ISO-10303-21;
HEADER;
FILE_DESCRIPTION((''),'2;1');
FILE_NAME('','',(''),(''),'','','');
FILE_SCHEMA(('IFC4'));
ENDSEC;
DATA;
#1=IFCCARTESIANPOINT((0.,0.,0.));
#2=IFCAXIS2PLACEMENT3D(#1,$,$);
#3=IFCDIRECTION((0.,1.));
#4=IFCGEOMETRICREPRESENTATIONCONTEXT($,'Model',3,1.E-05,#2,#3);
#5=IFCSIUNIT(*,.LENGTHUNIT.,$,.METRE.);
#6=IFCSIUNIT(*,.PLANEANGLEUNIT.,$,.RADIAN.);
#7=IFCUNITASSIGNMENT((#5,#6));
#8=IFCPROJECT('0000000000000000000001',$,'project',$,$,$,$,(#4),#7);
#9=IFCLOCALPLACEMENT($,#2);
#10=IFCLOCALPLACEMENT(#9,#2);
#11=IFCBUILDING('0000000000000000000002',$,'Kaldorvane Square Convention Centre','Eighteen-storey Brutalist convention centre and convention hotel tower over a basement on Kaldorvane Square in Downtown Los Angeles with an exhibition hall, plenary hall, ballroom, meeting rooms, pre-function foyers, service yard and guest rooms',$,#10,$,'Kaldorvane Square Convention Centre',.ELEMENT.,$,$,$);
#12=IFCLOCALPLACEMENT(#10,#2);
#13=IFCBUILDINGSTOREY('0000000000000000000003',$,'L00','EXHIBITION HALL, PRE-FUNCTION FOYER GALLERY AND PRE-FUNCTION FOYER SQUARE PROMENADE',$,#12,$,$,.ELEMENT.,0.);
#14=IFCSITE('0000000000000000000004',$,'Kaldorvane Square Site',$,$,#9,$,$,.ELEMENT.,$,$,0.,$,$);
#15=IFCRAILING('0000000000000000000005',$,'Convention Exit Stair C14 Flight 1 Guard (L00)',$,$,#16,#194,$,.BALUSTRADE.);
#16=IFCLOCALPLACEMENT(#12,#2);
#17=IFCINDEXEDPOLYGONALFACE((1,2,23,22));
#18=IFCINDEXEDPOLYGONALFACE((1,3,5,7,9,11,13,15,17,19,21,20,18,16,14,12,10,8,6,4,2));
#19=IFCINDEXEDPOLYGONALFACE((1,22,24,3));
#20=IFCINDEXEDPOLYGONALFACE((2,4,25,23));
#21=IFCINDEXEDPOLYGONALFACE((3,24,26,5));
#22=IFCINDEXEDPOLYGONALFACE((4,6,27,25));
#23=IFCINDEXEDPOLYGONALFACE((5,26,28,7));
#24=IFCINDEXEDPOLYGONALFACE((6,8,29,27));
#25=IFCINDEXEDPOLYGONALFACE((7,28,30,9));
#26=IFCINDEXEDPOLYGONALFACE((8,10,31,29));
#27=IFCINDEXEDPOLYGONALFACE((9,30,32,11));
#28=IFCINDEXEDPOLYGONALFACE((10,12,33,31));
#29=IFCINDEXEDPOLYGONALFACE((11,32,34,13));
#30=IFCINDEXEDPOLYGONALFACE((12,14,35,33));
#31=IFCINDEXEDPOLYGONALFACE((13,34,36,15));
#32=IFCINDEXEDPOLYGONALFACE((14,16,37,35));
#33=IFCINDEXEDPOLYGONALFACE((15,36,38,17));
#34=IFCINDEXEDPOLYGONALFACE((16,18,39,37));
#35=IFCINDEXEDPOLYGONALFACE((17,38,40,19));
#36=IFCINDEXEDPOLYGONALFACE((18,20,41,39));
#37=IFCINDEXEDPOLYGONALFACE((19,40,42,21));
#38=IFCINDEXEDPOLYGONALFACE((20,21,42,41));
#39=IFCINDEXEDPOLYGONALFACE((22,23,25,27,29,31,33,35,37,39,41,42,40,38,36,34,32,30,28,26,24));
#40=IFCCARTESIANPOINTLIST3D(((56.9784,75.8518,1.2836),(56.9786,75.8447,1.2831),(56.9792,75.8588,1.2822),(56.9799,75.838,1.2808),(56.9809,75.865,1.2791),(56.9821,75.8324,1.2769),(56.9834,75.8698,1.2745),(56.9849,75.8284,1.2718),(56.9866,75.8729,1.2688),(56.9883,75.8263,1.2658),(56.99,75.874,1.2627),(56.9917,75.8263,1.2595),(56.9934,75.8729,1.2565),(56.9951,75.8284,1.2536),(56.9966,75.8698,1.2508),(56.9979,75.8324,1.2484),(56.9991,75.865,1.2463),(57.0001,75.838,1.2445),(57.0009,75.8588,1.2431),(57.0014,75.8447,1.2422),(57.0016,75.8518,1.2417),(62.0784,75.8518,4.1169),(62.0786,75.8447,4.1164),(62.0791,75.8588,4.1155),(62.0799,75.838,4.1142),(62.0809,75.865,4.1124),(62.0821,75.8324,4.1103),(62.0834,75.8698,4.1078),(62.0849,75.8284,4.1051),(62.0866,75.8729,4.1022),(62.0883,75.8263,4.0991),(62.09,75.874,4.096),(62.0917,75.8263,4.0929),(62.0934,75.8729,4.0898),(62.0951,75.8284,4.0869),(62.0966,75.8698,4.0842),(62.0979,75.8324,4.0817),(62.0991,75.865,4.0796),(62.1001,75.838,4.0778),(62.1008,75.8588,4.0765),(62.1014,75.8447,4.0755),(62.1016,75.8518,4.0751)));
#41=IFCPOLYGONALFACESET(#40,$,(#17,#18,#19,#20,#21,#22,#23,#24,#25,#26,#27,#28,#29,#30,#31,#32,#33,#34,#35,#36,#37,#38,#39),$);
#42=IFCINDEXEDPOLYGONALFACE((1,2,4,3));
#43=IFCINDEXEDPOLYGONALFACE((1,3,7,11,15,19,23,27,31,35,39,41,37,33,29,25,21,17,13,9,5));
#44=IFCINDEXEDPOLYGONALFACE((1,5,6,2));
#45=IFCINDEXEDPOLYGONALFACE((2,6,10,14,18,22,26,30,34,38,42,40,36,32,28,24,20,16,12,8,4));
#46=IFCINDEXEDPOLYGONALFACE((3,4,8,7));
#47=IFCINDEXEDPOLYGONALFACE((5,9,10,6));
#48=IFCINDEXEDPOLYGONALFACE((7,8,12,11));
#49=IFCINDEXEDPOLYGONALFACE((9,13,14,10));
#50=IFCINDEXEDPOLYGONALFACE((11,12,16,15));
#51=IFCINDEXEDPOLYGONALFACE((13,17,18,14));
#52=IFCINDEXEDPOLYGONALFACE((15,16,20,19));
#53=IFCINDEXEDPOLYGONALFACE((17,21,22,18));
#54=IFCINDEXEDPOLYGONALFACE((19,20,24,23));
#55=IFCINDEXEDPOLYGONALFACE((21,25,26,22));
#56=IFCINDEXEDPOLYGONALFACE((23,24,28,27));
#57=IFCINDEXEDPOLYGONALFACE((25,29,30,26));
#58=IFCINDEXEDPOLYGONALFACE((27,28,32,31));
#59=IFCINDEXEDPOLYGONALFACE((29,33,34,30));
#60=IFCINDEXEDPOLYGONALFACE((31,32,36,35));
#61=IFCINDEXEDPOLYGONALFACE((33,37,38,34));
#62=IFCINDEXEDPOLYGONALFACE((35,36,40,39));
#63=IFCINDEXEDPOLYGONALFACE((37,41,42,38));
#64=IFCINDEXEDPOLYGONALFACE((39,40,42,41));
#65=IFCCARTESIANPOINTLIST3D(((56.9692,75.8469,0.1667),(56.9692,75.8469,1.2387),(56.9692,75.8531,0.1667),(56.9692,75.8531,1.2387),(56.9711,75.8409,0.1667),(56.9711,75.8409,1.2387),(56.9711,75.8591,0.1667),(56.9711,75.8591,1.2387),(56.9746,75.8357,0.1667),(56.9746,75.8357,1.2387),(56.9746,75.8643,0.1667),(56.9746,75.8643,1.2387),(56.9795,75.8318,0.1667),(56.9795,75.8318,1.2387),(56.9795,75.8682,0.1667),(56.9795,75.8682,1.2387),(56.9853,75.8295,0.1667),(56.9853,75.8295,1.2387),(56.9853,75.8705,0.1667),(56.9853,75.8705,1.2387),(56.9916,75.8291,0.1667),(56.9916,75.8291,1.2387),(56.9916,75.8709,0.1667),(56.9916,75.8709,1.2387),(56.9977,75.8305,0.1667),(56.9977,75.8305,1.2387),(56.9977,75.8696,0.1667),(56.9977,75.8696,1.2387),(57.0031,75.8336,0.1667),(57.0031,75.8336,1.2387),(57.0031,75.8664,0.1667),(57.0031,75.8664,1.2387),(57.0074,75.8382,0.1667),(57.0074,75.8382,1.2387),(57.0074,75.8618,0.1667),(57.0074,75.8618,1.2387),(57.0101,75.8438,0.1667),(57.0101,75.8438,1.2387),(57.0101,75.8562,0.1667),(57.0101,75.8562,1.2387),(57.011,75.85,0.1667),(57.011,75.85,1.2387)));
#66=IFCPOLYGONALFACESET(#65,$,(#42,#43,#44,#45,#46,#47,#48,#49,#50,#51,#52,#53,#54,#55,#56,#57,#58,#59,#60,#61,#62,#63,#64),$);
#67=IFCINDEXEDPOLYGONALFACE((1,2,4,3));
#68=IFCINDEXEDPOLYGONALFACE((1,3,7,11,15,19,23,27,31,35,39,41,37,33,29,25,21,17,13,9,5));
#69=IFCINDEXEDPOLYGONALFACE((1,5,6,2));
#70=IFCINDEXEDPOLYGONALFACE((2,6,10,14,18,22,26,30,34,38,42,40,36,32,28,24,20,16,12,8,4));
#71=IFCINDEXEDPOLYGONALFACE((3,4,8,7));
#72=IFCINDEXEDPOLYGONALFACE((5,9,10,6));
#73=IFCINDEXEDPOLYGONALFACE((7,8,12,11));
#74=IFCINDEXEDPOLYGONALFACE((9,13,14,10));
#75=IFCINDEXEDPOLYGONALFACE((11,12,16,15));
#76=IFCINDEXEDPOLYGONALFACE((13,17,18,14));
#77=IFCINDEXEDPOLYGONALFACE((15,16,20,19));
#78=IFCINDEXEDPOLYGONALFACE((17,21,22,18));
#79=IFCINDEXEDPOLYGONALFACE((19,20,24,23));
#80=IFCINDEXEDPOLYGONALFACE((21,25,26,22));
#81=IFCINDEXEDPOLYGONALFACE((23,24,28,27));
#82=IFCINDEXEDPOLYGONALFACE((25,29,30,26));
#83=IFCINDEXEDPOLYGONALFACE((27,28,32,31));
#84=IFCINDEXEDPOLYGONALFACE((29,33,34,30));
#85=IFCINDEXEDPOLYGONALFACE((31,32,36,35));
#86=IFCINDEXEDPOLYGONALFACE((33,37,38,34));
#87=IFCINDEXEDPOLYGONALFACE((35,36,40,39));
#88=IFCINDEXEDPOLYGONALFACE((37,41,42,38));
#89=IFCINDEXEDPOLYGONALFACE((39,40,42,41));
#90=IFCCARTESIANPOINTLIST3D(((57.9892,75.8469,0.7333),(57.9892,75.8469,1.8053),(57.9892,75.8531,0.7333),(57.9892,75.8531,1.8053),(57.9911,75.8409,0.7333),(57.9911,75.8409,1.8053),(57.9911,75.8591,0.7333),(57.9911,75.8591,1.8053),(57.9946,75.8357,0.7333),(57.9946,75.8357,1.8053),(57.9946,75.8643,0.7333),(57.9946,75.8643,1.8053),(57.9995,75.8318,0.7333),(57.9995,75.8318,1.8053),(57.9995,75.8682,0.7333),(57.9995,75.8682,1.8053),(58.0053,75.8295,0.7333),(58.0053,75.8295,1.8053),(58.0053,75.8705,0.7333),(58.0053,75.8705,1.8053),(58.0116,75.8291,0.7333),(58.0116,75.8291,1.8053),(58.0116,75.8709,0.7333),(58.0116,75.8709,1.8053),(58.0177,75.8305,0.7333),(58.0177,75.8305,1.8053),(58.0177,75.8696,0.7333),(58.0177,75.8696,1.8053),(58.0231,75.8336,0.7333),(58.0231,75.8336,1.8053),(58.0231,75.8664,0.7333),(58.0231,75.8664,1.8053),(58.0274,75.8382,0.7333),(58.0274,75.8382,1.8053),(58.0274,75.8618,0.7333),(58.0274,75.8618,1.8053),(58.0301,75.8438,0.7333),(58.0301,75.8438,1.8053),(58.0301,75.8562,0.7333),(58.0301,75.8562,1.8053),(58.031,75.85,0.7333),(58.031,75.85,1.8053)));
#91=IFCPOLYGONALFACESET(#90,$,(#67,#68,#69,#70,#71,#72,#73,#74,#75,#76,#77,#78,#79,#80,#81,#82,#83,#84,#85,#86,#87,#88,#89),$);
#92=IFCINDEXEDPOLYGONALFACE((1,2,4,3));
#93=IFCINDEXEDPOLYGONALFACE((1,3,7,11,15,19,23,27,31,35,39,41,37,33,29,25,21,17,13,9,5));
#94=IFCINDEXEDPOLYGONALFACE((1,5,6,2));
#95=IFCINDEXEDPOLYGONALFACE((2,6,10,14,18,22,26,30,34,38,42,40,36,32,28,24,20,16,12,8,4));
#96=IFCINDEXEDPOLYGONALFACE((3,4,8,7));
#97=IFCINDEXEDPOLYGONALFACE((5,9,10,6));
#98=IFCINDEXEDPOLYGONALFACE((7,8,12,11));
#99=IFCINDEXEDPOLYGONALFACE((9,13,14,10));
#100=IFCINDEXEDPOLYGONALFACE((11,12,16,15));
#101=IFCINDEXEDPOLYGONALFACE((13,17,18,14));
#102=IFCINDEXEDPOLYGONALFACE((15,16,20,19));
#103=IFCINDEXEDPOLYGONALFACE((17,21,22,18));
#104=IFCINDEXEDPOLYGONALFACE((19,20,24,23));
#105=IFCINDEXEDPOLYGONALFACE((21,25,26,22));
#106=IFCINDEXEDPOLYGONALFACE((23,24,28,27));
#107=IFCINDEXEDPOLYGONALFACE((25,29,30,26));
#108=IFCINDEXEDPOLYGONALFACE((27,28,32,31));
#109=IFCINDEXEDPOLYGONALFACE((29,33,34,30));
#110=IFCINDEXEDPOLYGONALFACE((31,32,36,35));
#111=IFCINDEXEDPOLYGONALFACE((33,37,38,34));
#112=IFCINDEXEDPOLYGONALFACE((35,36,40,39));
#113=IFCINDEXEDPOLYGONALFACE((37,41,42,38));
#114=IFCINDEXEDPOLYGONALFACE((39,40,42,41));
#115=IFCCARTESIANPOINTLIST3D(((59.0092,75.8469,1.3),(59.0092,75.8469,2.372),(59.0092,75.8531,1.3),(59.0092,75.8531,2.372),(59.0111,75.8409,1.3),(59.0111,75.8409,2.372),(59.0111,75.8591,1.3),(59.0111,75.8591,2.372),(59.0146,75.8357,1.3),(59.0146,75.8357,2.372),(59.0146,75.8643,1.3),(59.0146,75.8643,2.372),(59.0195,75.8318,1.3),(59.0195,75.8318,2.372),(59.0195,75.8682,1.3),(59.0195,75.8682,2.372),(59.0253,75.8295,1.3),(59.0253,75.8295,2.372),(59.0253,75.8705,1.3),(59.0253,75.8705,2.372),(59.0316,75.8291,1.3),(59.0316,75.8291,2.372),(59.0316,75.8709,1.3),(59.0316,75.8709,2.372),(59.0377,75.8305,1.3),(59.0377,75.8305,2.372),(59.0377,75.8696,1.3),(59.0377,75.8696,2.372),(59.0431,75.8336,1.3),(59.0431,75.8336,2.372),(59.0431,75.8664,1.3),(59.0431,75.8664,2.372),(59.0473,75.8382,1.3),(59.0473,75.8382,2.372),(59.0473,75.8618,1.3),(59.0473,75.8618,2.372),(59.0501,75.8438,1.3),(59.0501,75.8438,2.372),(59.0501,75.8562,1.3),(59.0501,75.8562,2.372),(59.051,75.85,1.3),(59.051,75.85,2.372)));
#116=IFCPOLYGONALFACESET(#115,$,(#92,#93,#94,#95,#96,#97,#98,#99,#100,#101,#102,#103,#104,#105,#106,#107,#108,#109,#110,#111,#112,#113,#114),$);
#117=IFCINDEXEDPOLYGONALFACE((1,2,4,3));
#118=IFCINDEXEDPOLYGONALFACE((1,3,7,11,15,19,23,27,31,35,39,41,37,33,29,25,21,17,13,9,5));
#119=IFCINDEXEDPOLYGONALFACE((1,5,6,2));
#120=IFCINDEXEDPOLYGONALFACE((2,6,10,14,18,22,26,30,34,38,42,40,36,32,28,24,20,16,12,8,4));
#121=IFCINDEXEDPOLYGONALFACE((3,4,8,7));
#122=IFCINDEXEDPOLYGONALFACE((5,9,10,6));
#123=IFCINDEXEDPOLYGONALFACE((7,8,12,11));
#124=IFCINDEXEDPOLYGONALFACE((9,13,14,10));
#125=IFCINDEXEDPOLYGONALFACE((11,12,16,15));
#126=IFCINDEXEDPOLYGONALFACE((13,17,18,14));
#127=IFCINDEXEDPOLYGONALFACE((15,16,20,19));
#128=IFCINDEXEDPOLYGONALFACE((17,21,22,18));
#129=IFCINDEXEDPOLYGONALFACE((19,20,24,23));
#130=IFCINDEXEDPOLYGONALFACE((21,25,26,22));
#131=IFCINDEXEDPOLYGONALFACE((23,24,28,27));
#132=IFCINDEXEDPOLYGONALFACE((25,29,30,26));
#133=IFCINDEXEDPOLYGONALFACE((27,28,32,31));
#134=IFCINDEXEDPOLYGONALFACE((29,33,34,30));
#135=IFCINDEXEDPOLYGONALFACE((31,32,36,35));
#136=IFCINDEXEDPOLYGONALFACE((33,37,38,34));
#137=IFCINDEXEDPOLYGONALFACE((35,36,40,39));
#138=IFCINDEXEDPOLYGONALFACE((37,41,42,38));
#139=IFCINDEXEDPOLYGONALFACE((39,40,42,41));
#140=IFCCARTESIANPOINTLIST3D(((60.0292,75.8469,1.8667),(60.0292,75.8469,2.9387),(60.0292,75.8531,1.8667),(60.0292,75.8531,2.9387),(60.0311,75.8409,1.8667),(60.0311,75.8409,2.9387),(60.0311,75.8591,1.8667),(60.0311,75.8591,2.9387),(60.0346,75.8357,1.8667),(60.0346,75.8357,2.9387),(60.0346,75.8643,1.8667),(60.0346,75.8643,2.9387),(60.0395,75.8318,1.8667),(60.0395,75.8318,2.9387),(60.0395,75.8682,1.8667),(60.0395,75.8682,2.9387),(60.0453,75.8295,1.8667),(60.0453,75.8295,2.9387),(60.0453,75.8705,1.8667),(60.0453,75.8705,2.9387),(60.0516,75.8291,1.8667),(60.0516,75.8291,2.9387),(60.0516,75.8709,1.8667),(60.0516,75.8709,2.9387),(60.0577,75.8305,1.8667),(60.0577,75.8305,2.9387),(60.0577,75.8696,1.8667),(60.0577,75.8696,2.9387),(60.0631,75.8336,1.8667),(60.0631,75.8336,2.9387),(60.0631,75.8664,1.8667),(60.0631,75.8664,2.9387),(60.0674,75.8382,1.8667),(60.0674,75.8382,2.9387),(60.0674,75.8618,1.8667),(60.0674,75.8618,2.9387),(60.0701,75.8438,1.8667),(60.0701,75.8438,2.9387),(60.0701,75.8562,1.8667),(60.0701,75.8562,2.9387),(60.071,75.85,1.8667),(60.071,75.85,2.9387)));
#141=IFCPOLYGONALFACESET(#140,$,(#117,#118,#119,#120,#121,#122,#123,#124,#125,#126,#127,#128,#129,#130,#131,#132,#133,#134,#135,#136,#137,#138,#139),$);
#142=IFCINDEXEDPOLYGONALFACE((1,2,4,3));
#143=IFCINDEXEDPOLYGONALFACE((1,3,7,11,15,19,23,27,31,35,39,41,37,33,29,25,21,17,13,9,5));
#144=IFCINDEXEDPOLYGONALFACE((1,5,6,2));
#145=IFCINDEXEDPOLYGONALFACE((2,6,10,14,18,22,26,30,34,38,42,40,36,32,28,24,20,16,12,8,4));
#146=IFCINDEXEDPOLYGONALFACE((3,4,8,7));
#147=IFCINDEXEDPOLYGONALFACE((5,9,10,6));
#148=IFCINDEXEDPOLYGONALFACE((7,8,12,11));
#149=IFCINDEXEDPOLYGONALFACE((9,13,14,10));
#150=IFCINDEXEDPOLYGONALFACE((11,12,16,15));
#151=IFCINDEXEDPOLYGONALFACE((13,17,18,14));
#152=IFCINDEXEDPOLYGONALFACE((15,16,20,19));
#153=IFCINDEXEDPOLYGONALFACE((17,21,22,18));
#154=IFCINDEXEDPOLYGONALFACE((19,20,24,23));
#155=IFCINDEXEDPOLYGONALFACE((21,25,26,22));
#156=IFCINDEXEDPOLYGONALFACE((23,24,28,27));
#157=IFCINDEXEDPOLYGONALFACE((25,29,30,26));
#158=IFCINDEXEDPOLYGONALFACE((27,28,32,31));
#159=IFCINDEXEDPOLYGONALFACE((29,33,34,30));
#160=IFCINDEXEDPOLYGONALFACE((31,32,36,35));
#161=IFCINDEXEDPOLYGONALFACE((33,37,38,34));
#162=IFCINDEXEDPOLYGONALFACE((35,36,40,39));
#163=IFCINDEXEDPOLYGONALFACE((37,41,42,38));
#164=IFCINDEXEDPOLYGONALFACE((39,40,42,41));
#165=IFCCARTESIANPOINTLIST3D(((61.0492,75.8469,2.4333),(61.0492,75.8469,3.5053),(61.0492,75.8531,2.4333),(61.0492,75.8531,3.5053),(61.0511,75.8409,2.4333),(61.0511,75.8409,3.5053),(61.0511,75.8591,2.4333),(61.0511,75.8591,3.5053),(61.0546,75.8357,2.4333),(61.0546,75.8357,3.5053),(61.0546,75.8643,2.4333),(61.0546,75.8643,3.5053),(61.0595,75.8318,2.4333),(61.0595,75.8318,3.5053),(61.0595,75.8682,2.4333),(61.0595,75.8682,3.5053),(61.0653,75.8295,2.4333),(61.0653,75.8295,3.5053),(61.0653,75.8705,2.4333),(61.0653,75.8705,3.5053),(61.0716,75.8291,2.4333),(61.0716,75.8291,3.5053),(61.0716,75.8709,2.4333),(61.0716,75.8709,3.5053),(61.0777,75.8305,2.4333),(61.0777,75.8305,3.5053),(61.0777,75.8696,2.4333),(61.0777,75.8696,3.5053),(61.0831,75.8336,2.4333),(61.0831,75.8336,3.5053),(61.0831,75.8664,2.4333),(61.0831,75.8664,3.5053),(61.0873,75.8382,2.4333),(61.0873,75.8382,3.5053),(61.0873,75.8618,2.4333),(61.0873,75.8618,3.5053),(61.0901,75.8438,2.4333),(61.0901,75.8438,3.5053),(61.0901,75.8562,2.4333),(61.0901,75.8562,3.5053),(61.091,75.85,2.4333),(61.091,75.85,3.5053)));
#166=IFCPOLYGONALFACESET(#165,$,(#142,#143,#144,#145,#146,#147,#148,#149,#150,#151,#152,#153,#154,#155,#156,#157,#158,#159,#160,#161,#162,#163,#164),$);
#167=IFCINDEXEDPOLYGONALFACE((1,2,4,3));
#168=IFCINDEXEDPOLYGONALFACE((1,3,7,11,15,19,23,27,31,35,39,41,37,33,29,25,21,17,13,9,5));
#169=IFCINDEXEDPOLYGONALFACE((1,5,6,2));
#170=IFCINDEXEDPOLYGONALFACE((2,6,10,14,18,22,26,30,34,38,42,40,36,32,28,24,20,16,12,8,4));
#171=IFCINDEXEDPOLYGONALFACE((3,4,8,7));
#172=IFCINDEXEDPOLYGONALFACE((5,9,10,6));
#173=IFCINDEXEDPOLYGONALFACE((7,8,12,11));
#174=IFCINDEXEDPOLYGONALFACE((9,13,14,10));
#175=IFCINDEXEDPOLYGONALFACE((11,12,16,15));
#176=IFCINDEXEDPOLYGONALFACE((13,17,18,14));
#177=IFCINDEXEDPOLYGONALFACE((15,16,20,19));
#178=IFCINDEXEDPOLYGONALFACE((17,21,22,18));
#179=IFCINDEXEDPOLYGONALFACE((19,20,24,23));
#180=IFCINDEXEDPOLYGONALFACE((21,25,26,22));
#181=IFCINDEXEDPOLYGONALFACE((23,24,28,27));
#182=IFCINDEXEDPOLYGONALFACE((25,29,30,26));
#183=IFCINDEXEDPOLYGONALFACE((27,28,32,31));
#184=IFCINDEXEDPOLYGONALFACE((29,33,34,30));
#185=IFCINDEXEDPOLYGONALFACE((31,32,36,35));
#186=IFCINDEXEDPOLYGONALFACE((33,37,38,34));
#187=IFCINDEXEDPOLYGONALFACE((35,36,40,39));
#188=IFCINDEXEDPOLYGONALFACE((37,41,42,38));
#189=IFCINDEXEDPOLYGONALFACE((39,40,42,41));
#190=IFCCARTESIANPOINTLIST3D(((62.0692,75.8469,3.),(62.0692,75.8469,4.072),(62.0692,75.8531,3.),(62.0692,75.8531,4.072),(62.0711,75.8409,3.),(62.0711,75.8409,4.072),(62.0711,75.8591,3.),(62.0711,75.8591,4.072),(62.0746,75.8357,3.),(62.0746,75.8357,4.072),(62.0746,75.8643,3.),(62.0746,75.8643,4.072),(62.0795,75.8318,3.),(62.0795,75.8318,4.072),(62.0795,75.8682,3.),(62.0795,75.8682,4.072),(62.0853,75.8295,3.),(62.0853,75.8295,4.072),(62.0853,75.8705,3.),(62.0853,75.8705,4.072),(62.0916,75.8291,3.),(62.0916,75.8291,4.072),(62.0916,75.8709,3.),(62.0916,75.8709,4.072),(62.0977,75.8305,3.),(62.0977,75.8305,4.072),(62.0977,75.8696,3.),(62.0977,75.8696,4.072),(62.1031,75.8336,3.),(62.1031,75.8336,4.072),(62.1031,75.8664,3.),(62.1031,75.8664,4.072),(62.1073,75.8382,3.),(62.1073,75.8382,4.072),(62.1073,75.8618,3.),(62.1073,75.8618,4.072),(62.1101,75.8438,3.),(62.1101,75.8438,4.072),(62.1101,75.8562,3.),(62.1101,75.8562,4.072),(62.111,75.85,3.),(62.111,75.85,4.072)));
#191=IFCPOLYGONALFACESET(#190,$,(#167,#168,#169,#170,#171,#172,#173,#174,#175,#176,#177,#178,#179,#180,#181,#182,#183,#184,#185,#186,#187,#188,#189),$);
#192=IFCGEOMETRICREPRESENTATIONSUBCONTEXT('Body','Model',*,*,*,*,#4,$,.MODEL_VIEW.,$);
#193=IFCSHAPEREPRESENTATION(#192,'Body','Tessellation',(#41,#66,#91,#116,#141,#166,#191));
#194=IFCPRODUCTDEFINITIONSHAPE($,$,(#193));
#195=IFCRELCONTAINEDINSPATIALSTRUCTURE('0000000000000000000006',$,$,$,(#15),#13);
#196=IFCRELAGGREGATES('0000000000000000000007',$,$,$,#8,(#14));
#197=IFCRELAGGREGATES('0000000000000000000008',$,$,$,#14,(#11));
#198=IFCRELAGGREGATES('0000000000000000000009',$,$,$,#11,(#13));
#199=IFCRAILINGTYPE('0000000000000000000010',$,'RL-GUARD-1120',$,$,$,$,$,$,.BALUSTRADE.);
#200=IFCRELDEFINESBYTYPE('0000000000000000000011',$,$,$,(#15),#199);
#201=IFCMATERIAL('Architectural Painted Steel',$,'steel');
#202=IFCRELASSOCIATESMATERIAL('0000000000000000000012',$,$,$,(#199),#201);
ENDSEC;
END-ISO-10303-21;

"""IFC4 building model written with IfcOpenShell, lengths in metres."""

from ifc_helpers import new_model, si_unit, direction, frame, origin, origin_2d, place, context, subcontext, project, spatial, circle, extrude, material, type_object, element, save


model = new_model("IFC4")

# Units and contexts
model_context = context("Model", 3, precision=1e-05, world=origin(), true_north=direction((0.0, 1.0)))
body_context = subcontext(model_context, "Body", "Model", "MODEL_VIEW")
ifc_project = project(units=[si_unit("LENGTHUNIT", "METRE"), si_unit("PLANEANGLEUNIT", "RADIAN")], contexts=[model_context])

# Site, building, storey
site_placement = place(None, origin())
site = spatial("IfcSite", under=ifc_project, at=site_placement, Name="Kaldorvane Square Site", CompositionType="ELEMENT", RefElevation=0.0)
building_placement = place(site_placement, origin())
building = spatial("IfcBuilding", under=site, at=building_placement, Name="Kaldorvane Square Convention Centre", Description="Eighteen-storey Brutalist convention centre and convention hotel tower over a basement on Kaldorvane Square in Downtown Los Angeles with an exhibition hall, plenary hall, ballroom, meeting rooms, pre-function foyers, service yard and guest rooms", LongName="Kaldorvane Square Convention Centre", CompositionType="ELEMENT")
storey_placement = place(building_placement, origin())
storey = spatial("IfcBuildingStorey", under=building, at=storey_placement, Name="L00", Description="EXHIBITION HALL, PRE-FUNCTION FOYER GALLERY AND PRE-FUNCTION FOYER SQUARE PROMENADE", CompositionType="ELEMENT", Elevation=0.0)

# Railing
ifc_material_1 = material(Name="Architectural Painted Steel", Category="steel")
railing_type_1 = type_object("IfcRailingType", Name="RL-GUARD-1120", PredefinedType="BALUSTRADE", material=ifc_material_1)
railing_1_placement = place(storey_placement, frame((56.99, 75.85, 0.1667)))
element("IfcRailing", 1, at=railing_1_placement, inside=storey, type_object=railing_type_1, Name="Convention Exit Stair C14 Flight 1 Guard (L00)", PredefinedType="BALUSTRADE", context=body_context, shape_type="SweptSolid", body=[
    extrude(circle(Radius=0.024, at=origin_2d()), frame((0.0, 0.0, 1.096), z_axis=(0.874157, 0.0, 0.485643), x_axis=(0.0, 1.0, 0.0)), (0.0, 0.0, 1.0), 5.8342),
    extrude(circle(Radius=0.021, at=origin_2d()), origin(), (0.0, 0.0, 1.0), 1.072),
    extrude(circle(Radius=0.021, at=origin_2d()), frame((1.02, 0.0, 0.5667)), (0.0, 0.0, 1.0), 1.072),
    extrude(circle(Radius=0.021, at=origin_2d()), frame((2.04, 0.0, 1.1333)), (0.0, 0.0, 1.0), 1.072),
    extrude(circle(Radius=0.021, at=origin_2d()), frame((3.06, 0.0, 1.7)), (0.0, 0.0, 1.0), 1.072),
    extrude(circle(Radius=0.021, at=origin_2d()), frame((4.08, 0.0, 2.2667)), (0.0, 0.0, 1.0), 1.072),
    extrude(circle(Radius=0.021, at=origin_2d()), frame((5.1, 0.0, 2.8333)), (0.0, 0.0, 1.0), 1.072),
])

save(model, "model.ifc")
